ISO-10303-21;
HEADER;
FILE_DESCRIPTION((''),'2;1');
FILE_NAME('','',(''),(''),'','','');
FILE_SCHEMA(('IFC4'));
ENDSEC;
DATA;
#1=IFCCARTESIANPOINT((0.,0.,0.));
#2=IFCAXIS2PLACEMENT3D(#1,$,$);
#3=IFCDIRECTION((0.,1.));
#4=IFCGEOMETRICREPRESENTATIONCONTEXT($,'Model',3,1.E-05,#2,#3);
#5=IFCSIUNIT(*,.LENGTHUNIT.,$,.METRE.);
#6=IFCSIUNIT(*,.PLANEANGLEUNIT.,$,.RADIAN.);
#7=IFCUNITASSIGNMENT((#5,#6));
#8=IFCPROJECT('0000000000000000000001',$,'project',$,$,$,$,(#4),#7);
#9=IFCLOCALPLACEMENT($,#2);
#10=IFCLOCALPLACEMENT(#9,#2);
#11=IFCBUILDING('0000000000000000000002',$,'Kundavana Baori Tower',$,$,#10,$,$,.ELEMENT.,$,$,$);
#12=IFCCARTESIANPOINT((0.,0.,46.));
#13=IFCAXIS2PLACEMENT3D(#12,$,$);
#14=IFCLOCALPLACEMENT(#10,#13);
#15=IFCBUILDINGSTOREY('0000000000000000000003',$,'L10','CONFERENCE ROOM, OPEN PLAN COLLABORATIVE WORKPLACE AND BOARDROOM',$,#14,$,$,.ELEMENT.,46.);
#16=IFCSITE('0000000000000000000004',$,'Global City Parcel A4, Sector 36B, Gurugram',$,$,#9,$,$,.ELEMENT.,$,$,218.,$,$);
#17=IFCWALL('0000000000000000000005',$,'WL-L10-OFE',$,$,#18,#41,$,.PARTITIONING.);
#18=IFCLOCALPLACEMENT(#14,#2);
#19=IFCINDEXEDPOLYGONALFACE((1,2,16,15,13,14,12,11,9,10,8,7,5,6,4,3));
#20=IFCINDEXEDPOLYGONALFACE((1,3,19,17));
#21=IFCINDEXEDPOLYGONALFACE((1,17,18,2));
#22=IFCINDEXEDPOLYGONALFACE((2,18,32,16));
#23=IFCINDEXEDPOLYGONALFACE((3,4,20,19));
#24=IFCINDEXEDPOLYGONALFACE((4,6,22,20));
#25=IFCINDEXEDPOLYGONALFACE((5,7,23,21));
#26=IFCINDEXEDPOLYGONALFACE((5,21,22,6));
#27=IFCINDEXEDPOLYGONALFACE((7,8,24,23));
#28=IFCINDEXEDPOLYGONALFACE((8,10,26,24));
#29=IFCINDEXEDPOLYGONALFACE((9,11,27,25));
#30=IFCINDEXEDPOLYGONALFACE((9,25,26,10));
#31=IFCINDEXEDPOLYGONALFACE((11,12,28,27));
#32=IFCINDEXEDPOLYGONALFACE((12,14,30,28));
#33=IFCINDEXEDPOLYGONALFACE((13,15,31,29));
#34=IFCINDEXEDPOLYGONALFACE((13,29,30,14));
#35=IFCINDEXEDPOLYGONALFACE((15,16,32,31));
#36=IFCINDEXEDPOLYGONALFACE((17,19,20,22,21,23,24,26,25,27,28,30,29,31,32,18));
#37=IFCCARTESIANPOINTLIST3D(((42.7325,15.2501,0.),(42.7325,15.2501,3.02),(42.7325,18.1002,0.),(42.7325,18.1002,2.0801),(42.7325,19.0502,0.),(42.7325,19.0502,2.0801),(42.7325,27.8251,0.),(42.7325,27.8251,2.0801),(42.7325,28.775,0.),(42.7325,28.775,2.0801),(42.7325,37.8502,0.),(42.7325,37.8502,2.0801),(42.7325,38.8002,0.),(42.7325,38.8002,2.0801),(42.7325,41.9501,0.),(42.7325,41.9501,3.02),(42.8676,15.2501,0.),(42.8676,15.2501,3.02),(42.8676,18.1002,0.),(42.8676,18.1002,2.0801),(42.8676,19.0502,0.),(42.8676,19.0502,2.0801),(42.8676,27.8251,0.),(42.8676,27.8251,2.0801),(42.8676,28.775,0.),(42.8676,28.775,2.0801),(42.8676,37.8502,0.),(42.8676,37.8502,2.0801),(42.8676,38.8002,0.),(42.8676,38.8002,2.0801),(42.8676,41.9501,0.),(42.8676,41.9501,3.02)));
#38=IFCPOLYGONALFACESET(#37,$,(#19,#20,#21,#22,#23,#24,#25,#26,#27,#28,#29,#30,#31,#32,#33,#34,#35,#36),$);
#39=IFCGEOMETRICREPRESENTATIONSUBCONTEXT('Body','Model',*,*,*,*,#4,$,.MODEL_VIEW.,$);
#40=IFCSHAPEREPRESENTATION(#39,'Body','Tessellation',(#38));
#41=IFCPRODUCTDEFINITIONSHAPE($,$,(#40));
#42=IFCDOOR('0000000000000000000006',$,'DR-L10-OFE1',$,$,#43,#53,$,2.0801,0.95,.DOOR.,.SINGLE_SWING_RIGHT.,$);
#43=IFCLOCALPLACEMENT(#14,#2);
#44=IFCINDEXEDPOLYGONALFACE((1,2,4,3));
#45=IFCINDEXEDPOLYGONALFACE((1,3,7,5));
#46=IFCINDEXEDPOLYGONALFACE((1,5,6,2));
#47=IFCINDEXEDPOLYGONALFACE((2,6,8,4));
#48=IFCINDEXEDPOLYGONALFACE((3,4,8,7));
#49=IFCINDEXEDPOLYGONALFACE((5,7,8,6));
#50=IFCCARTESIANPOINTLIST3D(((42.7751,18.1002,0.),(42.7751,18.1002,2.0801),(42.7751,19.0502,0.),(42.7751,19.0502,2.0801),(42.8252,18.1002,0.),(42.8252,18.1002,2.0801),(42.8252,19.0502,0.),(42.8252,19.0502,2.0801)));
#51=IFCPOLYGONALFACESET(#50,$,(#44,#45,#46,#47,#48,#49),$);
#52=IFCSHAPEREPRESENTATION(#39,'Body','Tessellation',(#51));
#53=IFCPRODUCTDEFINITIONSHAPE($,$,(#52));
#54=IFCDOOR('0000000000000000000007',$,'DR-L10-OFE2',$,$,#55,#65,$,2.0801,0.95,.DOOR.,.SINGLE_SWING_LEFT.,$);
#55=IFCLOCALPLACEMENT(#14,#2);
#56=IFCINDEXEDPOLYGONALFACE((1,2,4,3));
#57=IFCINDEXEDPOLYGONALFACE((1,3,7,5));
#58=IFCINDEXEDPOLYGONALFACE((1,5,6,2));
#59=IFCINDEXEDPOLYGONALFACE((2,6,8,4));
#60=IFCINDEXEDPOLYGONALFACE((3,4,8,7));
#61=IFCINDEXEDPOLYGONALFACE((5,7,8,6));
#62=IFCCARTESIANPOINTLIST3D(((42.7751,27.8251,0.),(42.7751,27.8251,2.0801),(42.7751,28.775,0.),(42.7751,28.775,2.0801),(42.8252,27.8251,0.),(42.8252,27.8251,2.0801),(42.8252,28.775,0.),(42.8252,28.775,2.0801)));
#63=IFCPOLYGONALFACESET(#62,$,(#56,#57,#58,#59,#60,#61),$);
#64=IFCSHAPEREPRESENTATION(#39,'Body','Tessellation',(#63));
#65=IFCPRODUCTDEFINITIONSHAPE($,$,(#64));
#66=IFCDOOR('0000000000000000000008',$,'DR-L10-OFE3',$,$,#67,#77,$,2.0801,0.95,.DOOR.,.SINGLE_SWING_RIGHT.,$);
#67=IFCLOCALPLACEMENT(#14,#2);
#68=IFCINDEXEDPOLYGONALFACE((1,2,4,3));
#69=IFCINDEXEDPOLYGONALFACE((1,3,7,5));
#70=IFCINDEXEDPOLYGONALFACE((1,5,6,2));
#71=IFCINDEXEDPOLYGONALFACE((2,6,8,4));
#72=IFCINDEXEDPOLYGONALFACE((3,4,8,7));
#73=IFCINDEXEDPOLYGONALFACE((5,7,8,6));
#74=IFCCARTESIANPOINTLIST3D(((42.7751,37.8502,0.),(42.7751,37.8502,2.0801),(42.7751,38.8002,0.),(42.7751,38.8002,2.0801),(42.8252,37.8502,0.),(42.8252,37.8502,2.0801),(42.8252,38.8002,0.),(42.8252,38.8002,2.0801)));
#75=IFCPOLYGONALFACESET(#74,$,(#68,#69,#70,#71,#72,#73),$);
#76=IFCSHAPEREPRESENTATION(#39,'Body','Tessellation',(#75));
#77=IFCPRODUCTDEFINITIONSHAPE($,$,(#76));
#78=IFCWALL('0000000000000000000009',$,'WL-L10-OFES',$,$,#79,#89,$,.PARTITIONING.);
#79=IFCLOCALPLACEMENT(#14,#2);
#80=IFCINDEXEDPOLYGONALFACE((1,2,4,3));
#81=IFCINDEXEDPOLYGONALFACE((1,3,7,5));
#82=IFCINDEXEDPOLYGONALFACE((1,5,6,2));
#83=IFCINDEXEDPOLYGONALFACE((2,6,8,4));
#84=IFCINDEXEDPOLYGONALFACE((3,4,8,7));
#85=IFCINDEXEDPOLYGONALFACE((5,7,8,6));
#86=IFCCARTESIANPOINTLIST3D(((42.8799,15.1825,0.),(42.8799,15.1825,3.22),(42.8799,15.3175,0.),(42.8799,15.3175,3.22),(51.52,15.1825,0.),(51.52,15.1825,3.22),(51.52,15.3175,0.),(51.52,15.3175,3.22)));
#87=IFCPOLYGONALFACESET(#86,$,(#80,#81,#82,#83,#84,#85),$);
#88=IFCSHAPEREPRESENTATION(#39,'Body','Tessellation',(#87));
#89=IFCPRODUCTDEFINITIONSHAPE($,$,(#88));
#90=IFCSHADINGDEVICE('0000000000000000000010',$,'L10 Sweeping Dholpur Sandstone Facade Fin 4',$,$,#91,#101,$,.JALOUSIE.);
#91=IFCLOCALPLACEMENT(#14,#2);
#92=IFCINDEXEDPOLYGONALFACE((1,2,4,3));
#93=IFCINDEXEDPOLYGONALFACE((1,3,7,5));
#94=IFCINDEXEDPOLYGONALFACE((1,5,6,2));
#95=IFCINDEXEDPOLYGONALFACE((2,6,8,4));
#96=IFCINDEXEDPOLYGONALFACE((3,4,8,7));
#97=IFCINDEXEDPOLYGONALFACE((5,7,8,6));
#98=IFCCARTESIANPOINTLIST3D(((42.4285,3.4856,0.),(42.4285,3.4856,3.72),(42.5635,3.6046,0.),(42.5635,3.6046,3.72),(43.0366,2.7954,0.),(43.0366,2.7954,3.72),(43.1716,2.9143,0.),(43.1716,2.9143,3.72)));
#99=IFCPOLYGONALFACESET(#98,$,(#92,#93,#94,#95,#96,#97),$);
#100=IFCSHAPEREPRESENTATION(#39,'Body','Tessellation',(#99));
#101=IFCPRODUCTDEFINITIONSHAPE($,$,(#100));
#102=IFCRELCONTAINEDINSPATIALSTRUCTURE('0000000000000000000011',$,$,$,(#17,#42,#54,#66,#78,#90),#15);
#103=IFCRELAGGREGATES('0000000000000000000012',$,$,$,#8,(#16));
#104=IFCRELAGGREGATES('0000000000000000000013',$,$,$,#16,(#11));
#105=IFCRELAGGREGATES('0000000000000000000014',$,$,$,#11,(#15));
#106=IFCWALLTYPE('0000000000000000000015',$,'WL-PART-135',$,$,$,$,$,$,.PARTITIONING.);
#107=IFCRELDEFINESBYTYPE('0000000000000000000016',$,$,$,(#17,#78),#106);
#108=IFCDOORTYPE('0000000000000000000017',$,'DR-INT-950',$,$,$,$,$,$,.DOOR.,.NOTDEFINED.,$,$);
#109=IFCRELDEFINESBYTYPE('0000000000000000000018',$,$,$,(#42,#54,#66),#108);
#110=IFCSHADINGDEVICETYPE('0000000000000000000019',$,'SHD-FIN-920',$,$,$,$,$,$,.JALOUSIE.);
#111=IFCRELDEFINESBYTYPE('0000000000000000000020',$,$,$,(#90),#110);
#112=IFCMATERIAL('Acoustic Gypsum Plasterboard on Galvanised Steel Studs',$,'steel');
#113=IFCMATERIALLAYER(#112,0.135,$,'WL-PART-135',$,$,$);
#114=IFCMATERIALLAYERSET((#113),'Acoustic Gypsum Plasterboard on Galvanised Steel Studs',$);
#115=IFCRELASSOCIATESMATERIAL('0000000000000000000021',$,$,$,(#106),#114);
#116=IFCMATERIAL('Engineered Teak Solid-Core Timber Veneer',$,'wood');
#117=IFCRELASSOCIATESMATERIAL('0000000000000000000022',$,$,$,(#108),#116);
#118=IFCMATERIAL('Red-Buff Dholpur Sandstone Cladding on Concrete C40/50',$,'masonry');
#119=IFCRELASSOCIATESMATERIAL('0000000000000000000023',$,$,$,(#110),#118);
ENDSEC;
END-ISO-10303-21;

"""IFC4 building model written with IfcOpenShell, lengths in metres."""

from ifc_helpers import new_model, si_unit, direction, frame, frame_2d, origin, origin_2d, place, context, subcontext, project, spatial, rectangle, extrude, material, layer, layer_set, type_object, element, fill, save


model = new_model("IFC4")

# Units and contexts
model_context = context("Model", 3, precision=1e-05, world=origin(), true_north=direction((0.0, 1.0)))
body_context = subcontext(model_context, "Body", "Model", "MODEL_VIEW")
ifc_project = project(units=[si_unit("LENGTHUNIT", "METRE"), si_unit("PLANEANGLEUNIT", "RADIAN")], contexts=[model_context])

# Site, building, storey
site_placement = place(None, origin())
site = spatial("IfcSite", under=ifc_project, at=site_placement, Name="Global City Parcel A4, Sector 36B, Gurugram", CompositionType="ELEMENT", RefElevation=218.0)
building_placement = place(site_placement, origin())
building = spatial("IfcBuilding", under=site, at=building_placement, Name="Kundavana Baori Tower", CompositionType="ELEMENT")
storey_placement = place(building_placement, frame((0.0, 0.0, 46.0)))
storey = spatial("IfcBuildingStorey", under=building, at=storey_placement, Name="L10", Description="CONFERENCE ROOM, OPEN PLAN COLLABORATIVE WORKPLACE AND BOARDROOM", CompositionType="ELEMENT", Elevation=46.0)

# Shared definitions
ifc_material_1 = material(Name="Acoustic Gypsum Plasterboard on Galvanised Steel Studs", Category="steel")
ifc_layer_1 = layer(ifc_material_1, 0.135, Name="WL-PART-135")
ifc_layer_set_1 = layer_set([ifc_layer_1], Name="Acoustic Gypsum Plasterboard on Galvanised Steel Studs")
wall_type_1 = type_object("IfcWallType", Name="WL-PART-135", PredefinedType="PARTITIONING", material=ifc_layer_set_1)

# Wall, openings, doors
wall_1_placement = place(storey_placement, frame((42.8, 15.25, 0.0), z_axis=(0.0, 0.0, 1.0), x_axis=(0.0, 1.0, 0.0)))
wall_1 = element("IfcWall", 1, at=wall_1_placement, inside=storey, type_object=wall_type_1, Name="WL-L10-OFE", PredefinedType="PARTITIONING", context=body_context, shape_type="SweptSolid", body=[
    extrude(rectangle(XDim=26.7, YDim=0.135, at=frame_2d((13.3501, 0.0))), origin(), (0.0, 0.0, 1.0), 3.02),
])
opening_1_placement = place(wall_1_placement, frame((2.8501, 0.0, 0.0)))
opening_1 = element("IfcOpeningElement", 2, at=opening_1_placement, cuts=wall_1, PredefinedType="OPENING", context=body_context, shape_type="SweptSolid", body=[
    extrude(rectangle(XDim=0.95, YDim=2.0801, at=frame_2d((0.4751, 1.04))), frame((0.0, 0.0776, 0.0), z_axis=(0.0, -1.0, 0.0), x_axis=(1.0, 0.0, 0.0)), (0.0, 0.0, 1.0), 0.155),
])
opening_2_placement = place(wall_1_placement, frame((12.575, 0.0, 0.0)))
opening_2 = element("IfcOpeningElement", 3, at=opening_2_placement, cuts=wall_1, PredefinedType="OPENING", context=body_context, shape_type="SweptSolid", body=[
    extrude(rectangle(XDim=0.95, YDim=2.0801, at=frame_2d((0.4751, 1.04))), frame((0.0, 0.0776, 0.0), z_axis=(0.0, -1.0, 0.0), x_axis=(1.0, 0.0, 0.0)), (0.0, 0.0, 1.0), 0.155),
])
opening_3_placement = place(wall_1_placement, frame((22.6001, 0.0, 0.0)))
opening_3 = element("IfcOpeningElement", 4, at=opening_3_placement, cuts=wall_1, PredefinedType="OPENING", context=body_context, shape_type="SweptSolid", body=[
    extrude(rectangle(XDim=0.95, YDim=2.0801, at=frame_2d((0.4751, 1.04))), frame((0.0, 0.0776, 0.0), z_axis=(0.0, -1.0, 0.0), x_axis=(1.0, 0.0, 0.0)), (0.0, 0.0, 1.0), 0.155),
])
ifc_material_2 = material(Name="Engineered Teak Solid-Core Timber Veneer", Category="wood")
door_type_1 = type_object("IfcDoorType", Name="DR-INT-950", OperationType="NOTDEFINED", PredefinedType="DOOR", material=ifc_material_2)
door_1_placement = place(opening_1_placement, origin())
door_1 = element("IfcDoor", 5, at=door_1_placement, inside=storey, type_object=door_type_1, Name="DR-L10-OFE1", OperationType="SINGLE_SWING_RIGHT", OverallHeight=2.0801, OverallWidth=0.95, PredefinedType="DOOR", context=body_context, shape_type="SweptSolid", body=[
    extrude(rectangle(XDim=0.95, YDim=2.0801, at=frame_2d((0.4751, 1.04))), frame((0.0, 0.0249, 0.0), z_axis=(0.0, -1.0, 0.0), x_axis=(1.0, 0.0, 0.0)), (0.0, 0.0, 1.0), 0.05),
])
fill(opening_1, door_1)
door_2_placement = place(opening_2_placement, origin())
door_2 = element("IfcDoor", 6, at=door_2_placement, inside=storey, type_object=door_type_1, Name="DR-L10-OFE2", OperationType="SINGLE_SWING_LEFT", OverallHeight=2.0801, OverallWidth=0.95, PredefinedType="DOOR", context=body_context, shape_type="SweptSolid", body=[
    extrude(rectangle(XDim=0.95, YDim=2.0801, at=frame_2d((0.4751, 1.04))), frame((0.0, 0.0249, 0.0), z_axis=(0.0, -1.0, 0.0), x_axis=(1.0, 0.0, 0.0)), (0.0, 0.0, 1.0), 0.05),
])
fill(opening_2, door_2)
door_3_placement = place(opening_3_placement, origin())
door_3 = element("IfcDoor", 7, at=door_3_placement, inside=storey, type_object=door_type_1, Name="DR-L10-OFE3", OperationType="SINGLE_SWING_RIGHT", OverallHeight=2.0801, OverallWidth=0.95, PredefinedType="DOOR", context=body_context, shape_type="SweptSolid", body=[
    extrude(rectangle(XDim=0.95, YDim=2.0801, at=frame_2d((0.4751, 1.04))), frame((0.0, 0.0249, 0.0), z_axis=(0.0, -1.0, 0.0), x_axis=(1.0, 0.0, 0.0)), (0.0, 0.0, 1.0), 0.05),
])
fill(opening_3, door_3)

# Wall
wall_2_placement = place(storey_placement, frame((42.8799, 15.25, 0.0), z_axis=(0.0, 0.0, 1.0), x_axis=(1.0, 0.0, 0.0)))
element("IfcWall", 8, at=wall_2_placement, inside=storey, type_object=wall_type_1, Name="WL-L10-OFES", PredefinedType="PARTITIONING", context=body_context, shape_type="SweptSolid", body=[
    extrude(rectangle(XDim=8.6401, YDim=0.135, at=frame_2d((4.3201, 0.0))), origin(), (0.0, 0.0, 1.0), 3.22),
])

# Shading device
ifc_material_3 = material(Name="Red-Buff Dholpur Sandstone Cladding on Concrete C40/50", Category="masonry")
shading_device_type = type_object("IfcShadingDeviceType", Name="SHD-FIN-920", PredefinedType="JALOUSIE", material=ifc_material_3)
shading_device_placement = place(storey_placement, frame((42.8, 3.2, 0.0), z_axis=(0.0, 0.0, 1.0), x_axis=(0.750342, 0.66105, 0.0)))
element("IfcShadingDevice", 9, at=shading_device_placement, inside=storey, type_object=shading_device_type, Name="L10 Sweeping Dholpur Sandstone Facade Fin 4", PredefinedType="JALOUSIE", context=body_context, shape_type="SweptSolid", body=[
    extrude(rectangle(XDim=0.1799, YDim=0.9199, at=origin_2d()), origin(), (0.0, 0.0, 1.0), 3.72),
])

save(model, "model.ifc")
